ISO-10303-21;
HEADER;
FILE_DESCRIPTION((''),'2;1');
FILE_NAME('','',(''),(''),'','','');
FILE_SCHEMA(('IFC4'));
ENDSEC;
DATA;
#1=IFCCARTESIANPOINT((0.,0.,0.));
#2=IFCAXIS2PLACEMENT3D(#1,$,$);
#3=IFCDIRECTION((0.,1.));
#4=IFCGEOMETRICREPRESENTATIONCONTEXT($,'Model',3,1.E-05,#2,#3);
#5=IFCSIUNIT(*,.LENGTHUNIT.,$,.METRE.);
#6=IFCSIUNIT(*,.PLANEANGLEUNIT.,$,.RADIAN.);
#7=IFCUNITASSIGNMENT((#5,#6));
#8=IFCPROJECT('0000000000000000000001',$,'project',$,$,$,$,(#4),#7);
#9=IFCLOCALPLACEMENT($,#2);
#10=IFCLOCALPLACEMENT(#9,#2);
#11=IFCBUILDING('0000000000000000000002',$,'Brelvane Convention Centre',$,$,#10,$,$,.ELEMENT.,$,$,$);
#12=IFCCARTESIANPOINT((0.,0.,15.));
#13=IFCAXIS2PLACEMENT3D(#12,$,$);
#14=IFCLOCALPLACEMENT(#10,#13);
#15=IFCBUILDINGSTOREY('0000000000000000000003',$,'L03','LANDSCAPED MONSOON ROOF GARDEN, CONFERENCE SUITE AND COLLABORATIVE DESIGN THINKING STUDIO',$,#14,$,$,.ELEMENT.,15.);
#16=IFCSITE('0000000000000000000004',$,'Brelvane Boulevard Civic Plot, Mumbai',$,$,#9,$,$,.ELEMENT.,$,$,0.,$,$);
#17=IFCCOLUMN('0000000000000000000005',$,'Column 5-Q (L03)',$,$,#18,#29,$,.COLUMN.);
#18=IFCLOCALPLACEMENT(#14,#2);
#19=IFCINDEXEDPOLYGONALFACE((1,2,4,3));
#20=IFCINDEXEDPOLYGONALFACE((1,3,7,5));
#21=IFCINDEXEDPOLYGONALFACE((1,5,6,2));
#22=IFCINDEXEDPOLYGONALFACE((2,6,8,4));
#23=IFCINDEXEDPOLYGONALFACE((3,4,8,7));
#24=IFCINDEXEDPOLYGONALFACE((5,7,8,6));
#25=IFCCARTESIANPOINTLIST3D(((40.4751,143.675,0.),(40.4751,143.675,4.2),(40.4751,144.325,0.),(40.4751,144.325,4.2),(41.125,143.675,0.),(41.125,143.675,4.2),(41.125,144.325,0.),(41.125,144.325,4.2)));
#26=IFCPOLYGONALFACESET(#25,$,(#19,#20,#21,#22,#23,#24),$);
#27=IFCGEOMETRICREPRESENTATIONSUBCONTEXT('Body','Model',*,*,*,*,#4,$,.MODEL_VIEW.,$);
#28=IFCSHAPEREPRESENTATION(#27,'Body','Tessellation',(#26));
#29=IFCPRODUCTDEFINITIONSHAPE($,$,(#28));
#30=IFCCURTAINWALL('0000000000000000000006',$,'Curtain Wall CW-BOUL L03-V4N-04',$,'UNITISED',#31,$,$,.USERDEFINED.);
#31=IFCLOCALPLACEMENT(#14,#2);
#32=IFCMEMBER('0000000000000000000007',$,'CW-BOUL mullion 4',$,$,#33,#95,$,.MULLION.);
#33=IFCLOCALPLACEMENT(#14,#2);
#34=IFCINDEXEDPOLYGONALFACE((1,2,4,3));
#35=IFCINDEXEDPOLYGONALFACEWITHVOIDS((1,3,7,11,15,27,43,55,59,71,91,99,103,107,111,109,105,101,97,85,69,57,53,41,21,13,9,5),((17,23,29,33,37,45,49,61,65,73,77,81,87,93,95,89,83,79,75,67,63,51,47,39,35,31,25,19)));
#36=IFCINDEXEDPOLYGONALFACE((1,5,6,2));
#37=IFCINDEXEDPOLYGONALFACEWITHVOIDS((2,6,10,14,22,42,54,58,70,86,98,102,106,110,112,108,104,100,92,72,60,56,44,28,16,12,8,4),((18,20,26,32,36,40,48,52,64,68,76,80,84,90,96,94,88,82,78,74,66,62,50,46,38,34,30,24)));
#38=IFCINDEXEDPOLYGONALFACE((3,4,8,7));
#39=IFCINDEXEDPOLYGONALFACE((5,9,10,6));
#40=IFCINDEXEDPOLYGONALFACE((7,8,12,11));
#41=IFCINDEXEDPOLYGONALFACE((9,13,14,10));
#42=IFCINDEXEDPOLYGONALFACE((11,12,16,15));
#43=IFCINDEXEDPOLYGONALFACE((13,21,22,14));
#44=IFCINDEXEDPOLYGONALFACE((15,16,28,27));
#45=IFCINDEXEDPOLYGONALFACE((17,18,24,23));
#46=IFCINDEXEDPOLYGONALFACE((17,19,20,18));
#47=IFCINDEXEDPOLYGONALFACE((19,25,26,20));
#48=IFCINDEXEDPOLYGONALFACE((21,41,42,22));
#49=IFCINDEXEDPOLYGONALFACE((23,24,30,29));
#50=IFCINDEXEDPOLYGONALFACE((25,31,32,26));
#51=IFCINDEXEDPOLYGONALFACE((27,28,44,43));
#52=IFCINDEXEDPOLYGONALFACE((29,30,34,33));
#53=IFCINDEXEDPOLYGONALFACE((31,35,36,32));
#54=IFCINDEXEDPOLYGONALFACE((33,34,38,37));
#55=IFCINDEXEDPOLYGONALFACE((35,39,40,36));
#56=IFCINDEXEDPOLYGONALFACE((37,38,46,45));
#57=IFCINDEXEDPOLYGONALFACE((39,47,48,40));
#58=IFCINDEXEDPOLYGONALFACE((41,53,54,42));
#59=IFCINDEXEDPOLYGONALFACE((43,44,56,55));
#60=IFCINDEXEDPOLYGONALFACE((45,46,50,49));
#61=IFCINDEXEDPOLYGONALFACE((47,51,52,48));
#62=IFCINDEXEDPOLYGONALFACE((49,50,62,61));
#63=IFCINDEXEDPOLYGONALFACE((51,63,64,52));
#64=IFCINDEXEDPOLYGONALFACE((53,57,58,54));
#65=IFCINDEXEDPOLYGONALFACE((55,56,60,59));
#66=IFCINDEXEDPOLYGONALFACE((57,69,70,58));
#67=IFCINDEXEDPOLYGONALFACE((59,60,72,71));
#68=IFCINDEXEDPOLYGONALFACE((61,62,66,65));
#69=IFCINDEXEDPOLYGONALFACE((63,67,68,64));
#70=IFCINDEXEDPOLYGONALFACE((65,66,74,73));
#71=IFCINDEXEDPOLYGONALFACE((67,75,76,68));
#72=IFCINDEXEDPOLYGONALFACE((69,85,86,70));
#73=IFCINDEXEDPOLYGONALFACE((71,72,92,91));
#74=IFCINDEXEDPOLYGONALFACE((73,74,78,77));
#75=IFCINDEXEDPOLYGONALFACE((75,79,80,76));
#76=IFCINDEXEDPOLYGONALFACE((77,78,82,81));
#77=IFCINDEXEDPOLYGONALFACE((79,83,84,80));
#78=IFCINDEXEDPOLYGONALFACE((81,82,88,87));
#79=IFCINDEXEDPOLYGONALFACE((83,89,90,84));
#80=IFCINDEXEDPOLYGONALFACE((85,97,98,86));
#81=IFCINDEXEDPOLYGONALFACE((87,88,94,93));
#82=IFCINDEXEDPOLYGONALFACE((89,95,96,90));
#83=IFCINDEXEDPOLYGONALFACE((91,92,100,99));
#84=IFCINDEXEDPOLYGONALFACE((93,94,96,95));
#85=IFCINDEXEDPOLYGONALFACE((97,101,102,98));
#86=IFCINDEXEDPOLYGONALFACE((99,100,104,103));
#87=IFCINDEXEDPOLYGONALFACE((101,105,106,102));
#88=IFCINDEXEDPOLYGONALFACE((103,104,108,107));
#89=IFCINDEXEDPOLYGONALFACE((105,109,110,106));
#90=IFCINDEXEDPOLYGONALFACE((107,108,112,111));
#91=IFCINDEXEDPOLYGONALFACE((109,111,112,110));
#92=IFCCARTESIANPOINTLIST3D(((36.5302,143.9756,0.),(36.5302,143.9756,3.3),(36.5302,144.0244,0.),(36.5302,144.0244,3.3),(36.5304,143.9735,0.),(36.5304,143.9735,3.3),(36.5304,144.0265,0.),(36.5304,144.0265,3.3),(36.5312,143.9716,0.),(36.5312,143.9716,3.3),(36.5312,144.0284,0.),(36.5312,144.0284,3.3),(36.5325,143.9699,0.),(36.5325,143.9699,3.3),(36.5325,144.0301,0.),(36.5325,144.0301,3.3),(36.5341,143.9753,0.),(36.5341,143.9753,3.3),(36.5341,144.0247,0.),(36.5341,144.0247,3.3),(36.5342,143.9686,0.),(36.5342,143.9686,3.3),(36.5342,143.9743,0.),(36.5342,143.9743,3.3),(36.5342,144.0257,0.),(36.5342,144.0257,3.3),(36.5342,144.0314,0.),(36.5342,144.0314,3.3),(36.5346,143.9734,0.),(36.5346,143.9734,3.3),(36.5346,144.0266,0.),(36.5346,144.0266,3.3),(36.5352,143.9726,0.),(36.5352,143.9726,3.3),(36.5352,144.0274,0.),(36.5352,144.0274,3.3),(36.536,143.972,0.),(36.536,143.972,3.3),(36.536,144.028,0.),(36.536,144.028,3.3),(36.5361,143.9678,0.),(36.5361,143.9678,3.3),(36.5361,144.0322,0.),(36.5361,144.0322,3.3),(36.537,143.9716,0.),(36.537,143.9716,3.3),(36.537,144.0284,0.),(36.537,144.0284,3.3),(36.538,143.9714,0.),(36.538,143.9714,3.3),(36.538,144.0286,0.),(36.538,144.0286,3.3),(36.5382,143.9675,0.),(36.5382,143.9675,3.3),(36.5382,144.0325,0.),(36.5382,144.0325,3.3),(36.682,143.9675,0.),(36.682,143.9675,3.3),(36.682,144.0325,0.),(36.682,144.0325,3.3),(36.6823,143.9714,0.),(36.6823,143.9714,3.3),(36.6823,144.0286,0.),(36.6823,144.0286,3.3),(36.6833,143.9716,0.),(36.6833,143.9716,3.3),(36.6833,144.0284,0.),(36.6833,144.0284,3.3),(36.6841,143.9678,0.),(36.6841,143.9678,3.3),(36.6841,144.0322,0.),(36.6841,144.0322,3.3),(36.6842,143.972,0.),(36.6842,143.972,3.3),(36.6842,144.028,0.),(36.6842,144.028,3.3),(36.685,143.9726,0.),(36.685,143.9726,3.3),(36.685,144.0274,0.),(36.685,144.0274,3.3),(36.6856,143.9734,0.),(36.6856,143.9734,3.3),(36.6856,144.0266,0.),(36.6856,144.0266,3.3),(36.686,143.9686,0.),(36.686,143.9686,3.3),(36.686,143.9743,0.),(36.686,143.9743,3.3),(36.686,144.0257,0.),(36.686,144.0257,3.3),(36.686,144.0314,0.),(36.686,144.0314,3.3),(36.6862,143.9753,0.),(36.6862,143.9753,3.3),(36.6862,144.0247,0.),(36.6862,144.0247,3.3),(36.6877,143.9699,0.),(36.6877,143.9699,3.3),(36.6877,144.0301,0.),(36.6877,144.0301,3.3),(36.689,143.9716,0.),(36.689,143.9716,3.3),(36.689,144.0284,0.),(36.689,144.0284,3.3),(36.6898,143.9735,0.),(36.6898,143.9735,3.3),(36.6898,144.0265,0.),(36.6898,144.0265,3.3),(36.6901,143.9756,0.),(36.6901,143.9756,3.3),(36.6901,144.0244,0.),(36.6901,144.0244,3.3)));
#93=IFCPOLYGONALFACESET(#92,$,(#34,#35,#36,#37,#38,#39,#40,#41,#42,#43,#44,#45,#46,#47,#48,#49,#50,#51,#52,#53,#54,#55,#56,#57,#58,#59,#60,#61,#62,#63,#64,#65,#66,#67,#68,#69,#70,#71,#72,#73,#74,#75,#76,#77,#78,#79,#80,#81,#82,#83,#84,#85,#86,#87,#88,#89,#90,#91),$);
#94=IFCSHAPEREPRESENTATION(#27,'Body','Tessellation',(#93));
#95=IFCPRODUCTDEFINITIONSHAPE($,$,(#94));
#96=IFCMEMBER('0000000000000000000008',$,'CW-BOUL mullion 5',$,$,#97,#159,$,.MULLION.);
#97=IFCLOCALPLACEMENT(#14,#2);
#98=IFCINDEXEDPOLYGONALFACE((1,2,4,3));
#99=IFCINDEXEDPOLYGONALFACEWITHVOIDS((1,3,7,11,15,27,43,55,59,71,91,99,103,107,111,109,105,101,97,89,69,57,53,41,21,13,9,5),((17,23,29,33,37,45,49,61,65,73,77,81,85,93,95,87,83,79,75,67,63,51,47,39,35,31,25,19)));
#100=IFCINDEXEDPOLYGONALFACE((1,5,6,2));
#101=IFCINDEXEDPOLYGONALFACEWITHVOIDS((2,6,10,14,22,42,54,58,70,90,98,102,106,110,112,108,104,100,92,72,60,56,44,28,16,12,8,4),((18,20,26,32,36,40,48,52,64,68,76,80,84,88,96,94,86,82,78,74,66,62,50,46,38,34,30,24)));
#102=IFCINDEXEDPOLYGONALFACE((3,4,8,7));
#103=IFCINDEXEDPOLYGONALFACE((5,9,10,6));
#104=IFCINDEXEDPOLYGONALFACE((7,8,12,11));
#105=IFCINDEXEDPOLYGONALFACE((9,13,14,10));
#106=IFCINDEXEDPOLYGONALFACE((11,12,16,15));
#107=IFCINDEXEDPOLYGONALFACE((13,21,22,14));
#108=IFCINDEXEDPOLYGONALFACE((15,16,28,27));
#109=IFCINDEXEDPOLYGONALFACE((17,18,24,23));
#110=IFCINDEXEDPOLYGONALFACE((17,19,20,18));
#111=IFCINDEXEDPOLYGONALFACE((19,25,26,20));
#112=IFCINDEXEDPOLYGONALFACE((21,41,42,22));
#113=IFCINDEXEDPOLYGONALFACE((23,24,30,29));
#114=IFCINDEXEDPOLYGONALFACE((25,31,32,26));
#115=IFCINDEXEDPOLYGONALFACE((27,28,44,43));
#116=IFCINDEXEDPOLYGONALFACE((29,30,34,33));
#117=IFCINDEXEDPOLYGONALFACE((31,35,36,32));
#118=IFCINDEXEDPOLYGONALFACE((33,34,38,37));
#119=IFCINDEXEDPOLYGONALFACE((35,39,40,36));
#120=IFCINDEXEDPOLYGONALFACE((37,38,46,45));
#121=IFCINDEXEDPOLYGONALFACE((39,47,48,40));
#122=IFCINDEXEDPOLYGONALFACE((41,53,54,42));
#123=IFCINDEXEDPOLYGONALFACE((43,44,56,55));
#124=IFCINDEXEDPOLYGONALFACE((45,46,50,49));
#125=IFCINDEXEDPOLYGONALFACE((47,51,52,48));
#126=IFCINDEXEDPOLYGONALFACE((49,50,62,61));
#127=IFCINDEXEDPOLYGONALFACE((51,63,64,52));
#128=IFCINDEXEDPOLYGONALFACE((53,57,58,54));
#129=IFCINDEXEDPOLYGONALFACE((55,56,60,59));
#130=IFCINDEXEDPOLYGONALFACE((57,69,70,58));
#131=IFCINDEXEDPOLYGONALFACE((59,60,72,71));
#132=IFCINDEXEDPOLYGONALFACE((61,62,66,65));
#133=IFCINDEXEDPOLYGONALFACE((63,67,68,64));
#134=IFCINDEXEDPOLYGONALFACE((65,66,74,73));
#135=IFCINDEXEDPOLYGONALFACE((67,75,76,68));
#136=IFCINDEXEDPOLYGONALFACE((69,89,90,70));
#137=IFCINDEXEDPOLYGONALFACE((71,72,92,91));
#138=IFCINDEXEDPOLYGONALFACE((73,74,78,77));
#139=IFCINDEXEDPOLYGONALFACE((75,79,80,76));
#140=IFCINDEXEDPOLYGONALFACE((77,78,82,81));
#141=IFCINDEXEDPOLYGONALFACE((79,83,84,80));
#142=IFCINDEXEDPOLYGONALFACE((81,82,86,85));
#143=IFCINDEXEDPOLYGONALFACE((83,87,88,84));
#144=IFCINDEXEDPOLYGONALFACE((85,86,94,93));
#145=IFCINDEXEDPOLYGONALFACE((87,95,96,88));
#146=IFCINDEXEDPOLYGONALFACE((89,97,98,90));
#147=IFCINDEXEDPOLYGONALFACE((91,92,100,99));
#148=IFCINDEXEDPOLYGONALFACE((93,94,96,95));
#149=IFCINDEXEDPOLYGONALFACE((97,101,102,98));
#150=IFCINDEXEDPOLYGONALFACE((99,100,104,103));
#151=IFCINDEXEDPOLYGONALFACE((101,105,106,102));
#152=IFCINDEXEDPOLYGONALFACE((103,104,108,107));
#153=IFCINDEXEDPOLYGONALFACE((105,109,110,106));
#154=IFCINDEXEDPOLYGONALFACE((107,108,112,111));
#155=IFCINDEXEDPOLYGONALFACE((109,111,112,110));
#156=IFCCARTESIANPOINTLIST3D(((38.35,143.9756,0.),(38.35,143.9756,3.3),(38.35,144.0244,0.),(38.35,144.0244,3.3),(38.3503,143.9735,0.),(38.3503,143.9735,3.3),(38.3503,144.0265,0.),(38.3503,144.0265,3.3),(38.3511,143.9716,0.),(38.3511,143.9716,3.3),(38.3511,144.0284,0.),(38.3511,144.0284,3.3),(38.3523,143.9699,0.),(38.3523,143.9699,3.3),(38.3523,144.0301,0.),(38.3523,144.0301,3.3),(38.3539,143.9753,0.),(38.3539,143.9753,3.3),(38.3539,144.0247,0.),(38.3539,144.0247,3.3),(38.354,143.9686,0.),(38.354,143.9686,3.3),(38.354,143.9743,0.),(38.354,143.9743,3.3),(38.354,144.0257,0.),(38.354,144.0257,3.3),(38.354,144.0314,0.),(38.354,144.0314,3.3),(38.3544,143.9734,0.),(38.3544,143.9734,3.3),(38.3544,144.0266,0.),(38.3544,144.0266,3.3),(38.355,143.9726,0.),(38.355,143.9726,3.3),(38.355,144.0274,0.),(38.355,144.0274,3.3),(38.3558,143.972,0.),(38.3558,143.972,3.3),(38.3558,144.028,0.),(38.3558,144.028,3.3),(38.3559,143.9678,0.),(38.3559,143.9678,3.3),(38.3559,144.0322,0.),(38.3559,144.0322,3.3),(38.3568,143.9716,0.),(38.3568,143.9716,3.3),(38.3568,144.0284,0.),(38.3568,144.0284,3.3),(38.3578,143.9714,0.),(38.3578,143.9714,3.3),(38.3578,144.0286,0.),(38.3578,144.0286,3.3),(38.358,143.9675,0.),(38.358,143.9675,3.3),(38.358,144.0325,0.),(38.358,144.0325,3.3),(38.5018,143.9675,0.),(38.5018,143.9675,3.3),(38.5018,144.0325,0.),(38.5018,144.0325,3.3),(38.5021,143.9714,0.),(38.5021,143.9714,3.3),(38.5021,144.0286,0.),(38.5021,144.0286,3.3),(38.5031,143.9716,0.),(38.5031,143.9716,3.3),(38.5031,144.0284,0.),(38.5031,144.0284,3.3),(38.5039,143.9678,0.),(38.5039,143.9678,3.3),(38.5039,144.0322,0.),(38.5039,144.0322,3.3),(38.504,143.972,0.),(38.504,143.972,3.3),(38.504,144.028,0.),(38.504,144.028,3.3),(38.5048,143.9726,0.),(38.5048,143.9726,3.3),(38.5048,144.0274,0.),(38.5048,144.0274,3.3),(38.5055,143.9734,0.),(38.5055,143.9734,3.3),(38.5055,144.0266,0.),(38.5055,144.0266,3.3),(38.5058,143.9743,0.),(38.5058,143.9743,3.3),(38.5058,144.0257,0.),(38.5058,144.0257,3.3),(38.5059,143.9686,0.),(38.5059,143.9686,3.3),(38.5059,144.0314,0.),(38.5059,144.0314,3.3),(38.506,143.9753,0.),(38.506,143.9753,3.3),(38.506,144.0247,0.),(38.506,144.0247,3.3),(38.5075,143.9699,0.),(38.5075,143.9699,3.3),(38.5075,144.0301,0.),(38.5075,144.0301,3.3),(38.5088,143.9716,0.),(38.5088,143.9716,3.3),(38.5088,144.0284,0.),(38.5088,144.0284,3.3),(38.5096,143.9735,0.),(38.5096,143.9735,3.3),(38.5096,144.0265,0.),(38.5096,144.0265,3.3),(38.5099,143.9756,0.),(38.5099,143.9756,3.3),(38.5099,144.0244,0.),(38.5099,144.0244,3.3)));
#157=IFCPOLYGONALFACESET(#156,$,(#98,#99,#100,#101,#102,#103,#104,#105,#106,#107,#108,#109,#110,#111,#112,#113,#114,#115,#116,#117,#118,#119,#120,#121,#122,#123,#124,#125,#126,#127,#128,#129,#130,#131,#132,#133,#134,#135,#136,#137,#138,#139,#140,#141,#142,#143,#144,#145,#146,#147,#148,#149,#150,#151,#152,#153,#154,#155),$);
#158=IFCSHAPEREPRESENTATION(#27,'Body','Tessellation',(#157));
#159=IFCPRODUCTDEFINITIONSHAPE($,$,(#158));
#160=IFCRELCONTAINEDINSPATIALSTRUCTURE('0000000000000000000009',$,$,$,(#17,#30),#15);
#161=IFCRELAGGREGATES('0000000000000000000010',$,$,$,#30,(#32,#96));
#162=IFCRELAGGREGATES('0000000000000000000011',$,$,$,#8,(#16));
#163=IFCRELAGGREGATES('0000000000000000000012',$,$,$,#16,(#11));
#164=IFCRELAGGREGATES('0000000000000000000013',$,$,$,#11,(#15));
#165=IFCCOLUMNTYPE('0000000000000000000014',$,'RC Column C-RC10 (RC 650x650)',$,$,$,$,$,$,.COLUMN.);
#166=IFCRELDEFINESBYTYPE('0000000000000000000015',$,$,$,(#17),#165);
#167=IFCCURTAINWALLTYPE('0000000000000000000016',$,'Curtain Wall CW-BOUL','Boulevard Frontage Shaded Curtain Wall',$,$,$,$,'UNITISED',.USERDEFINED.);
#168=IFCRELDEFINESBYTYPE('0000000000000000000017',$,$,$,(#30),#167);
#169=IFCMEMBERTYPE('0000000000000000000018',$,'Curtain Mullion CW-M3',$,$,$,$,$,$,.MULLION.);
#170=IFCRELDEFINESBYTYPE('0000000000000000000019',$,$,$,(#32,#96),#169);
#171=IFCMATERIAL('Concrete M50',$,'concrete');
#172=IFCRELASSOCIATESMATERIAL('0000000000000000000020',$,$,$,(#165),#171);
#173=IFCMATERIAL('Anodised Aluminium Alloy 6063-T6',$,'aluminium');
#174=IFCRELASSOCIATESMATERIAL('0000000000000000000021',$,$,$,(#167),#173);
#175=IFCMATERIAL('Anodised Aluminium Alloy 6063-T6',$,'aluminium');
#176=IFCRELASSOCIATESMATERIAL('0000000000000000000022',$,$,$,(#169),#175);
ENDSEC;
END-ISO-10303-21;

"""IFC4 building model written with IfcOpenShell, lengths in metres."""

from ifc_helpers import new_model, si_unit, direction, frame, origin, origin_2d, place, context, subcontext, project, spatial, rectangle, hollow_rectangle, extrude, material, material_profile, profile_set, type_object, element, aggregate, save


model = new_model("IFC4")

# Units and contexts
model_context = context("Model", 3, precision=1e-05, world=origin(), true_north=direction((0.0, 1.0)))
body_context = subcontext(model_context, "Body", "Model", "MODEL_VIEW")
ifc_project = project(units=[si_unit("LENGTHUNIT", "METRE"), si_unit("PLANEANGLEUNIT", "RADIAN")], contexts=[model_context])

# Site, building, storey
site_placement = place(None, origin())
site = spatial("IfcSite", under=ifc_project, at=site_placement, Name="Brelvane Boulevard Civic Plot, Mumbai", CompositionType="ELEMENT", RefElevation=0.0)
building_placement = place(site_placement, origin())
building = spatial("IfcBuilding", under=site, at=building_placement, Name="Brelvane Convention Centre", CompositionType="ELEMENT")
storey_placement = place(building_placement, frame((0.0, 0.0, 15.0)))
storey = spatial("IfcBuildingStorey", under=building, at=storey_placement, Name="L03", Description="LANDSCAPED MONSOON ROOF GARDEN, CONFERENCE SUITE AND COLLABORATIVE DESIGN THINKING STUDIO", CompositionType="ELEMENT", Elevation=15.0)

# Column
ifc_material_1 = material(Name="Concrete M50", Category="concrete")
ifc_material_profile_1 = material_profile(ifc_material_1, rectangle(XDim=0.6499, YDim=0.6499, at=origin_2d()), Name="RC 650x650")
ifc_profile_set_1 = profile_set([ifc_material_profile_1], Name="Concrete M50")
column_type = type_object("IfcColumnType", Name="RC Column C-RC10 (RC 650x650)", PredefinedType="COLUMN", material=ifc_profile_set_1)
column_placement = place(storey_placement, frame((40.8, 144.0, 0.0), z_axis=(0.0, 0.0, 1.0), x_axis=(1.0, 0.0, 0.0)))
element("IfcColumn", 1, at=column_placement, inside=storey, type_object=column_type, Name="Column 5-Q (L03)", PredefinedType="COLUMN", context=body_context, shape_type="SweptSolid", body=[
    extrude(rectangle(XDim=0.6499, YDim=0.6499, at=origin_2d()), origin(), (0.0, 0.0, 1.0), 4.2),
])

# Curtain wall, members
ifc_material_2 = material(Name="Anodised Aluminium Alloy 6063-T6", Category="aluminium")
curtain_wall_type = type_object("IfcCurtainWallType", Name="Curtain Wall CW-BOUL", Description="Boulevard Frontage Shaded Curtain Wall", ElementType="UNITISED", PredefinedType="USERDEFINED", material=ifc_material_2)
curtain_wall_placement = place(storey_placement, origin())
curtain_wall = element("IfcCurtainWall", 2, at=curtain_wall_placement, inside=storey, type_object=curtain_wall_type, Name="Curtain Wall CW-BOUL L03-V4N-04", ObjectType="UNITISED", PredefinedType="USERDEFINED")
ifc_material_3 = material(Name="Anodised Aluminium Alloy 6063-T6", Category="aluminium")
ifc_material_profile_2 = material_profile(ifc_material_3, hollow_rectangle(XDim=0.0649, YDim=0.1599, WallThickness=0.0039, InnerFilletRadius=0.0039, OuterFilletRadius=0.0081, at=origin_2d()), Name="ALU-M 160x65x4.0")
ifc_profile_set_2 = profile_set([ifc_material_profile_2], Name="Anodised Aluminium Alloy 6063-T6")
member_type_1 = type_object("IfcMemberType", Name="Curtain Mullion CW-M3", PredefinedType="MULLION", material=ifc_profile_set_2)
member_1_placement = place(storey_placement, frame((36.6101, 144.0, 0.0), z_axis=(0.0, 0.0, 1.0), x_axis=(0.0, 1.0, 0.0)))
member_1 = element("IfcMember", 3, at=member_1_placement, type_object=member_type_1, Name="CW-BOUL mullion 4", PredefinedType="MULLION", context=body_context, shape_type="SweptSolid", body=[
    extrude(hollow_rectangle(XDim=0.0649, YDim=0.1599, WallThickness=0.0039, InnerFilletRadius=0.0039, OuterFilletRadius=0.0081, at=origin_2d()), origin(), (0.0, 0.0, 1.0), 3.3),
])
member_2_placement = place(storey_placement, frame((38.4299, 144.0, 0.0), z_axis=(0.0, 0.0, 1.0), x_axis=(0.0, 1.0, 0.0)))
member_2 = element("IfcMember", 4, at=member_2_placement, type_object=member_type_1, Name="CW-BOUL mullion 5", PredefinedType="MULLION", context=body_context, shape_type="SweptSolid", body=[
    extrude(hollow_rectangle(XDim=0.0649, YDim=0.1599, WallThickness=0.0039, InnerFilletRadius=0.0039, OuterFilletRadius=0.0081, at=origin_2d()), origin(), (0.0, 0.0, 1.0), 3.3),
])

aggregate(curtain_wall, [member_1, member_2])

save(model, "model.ifc")
